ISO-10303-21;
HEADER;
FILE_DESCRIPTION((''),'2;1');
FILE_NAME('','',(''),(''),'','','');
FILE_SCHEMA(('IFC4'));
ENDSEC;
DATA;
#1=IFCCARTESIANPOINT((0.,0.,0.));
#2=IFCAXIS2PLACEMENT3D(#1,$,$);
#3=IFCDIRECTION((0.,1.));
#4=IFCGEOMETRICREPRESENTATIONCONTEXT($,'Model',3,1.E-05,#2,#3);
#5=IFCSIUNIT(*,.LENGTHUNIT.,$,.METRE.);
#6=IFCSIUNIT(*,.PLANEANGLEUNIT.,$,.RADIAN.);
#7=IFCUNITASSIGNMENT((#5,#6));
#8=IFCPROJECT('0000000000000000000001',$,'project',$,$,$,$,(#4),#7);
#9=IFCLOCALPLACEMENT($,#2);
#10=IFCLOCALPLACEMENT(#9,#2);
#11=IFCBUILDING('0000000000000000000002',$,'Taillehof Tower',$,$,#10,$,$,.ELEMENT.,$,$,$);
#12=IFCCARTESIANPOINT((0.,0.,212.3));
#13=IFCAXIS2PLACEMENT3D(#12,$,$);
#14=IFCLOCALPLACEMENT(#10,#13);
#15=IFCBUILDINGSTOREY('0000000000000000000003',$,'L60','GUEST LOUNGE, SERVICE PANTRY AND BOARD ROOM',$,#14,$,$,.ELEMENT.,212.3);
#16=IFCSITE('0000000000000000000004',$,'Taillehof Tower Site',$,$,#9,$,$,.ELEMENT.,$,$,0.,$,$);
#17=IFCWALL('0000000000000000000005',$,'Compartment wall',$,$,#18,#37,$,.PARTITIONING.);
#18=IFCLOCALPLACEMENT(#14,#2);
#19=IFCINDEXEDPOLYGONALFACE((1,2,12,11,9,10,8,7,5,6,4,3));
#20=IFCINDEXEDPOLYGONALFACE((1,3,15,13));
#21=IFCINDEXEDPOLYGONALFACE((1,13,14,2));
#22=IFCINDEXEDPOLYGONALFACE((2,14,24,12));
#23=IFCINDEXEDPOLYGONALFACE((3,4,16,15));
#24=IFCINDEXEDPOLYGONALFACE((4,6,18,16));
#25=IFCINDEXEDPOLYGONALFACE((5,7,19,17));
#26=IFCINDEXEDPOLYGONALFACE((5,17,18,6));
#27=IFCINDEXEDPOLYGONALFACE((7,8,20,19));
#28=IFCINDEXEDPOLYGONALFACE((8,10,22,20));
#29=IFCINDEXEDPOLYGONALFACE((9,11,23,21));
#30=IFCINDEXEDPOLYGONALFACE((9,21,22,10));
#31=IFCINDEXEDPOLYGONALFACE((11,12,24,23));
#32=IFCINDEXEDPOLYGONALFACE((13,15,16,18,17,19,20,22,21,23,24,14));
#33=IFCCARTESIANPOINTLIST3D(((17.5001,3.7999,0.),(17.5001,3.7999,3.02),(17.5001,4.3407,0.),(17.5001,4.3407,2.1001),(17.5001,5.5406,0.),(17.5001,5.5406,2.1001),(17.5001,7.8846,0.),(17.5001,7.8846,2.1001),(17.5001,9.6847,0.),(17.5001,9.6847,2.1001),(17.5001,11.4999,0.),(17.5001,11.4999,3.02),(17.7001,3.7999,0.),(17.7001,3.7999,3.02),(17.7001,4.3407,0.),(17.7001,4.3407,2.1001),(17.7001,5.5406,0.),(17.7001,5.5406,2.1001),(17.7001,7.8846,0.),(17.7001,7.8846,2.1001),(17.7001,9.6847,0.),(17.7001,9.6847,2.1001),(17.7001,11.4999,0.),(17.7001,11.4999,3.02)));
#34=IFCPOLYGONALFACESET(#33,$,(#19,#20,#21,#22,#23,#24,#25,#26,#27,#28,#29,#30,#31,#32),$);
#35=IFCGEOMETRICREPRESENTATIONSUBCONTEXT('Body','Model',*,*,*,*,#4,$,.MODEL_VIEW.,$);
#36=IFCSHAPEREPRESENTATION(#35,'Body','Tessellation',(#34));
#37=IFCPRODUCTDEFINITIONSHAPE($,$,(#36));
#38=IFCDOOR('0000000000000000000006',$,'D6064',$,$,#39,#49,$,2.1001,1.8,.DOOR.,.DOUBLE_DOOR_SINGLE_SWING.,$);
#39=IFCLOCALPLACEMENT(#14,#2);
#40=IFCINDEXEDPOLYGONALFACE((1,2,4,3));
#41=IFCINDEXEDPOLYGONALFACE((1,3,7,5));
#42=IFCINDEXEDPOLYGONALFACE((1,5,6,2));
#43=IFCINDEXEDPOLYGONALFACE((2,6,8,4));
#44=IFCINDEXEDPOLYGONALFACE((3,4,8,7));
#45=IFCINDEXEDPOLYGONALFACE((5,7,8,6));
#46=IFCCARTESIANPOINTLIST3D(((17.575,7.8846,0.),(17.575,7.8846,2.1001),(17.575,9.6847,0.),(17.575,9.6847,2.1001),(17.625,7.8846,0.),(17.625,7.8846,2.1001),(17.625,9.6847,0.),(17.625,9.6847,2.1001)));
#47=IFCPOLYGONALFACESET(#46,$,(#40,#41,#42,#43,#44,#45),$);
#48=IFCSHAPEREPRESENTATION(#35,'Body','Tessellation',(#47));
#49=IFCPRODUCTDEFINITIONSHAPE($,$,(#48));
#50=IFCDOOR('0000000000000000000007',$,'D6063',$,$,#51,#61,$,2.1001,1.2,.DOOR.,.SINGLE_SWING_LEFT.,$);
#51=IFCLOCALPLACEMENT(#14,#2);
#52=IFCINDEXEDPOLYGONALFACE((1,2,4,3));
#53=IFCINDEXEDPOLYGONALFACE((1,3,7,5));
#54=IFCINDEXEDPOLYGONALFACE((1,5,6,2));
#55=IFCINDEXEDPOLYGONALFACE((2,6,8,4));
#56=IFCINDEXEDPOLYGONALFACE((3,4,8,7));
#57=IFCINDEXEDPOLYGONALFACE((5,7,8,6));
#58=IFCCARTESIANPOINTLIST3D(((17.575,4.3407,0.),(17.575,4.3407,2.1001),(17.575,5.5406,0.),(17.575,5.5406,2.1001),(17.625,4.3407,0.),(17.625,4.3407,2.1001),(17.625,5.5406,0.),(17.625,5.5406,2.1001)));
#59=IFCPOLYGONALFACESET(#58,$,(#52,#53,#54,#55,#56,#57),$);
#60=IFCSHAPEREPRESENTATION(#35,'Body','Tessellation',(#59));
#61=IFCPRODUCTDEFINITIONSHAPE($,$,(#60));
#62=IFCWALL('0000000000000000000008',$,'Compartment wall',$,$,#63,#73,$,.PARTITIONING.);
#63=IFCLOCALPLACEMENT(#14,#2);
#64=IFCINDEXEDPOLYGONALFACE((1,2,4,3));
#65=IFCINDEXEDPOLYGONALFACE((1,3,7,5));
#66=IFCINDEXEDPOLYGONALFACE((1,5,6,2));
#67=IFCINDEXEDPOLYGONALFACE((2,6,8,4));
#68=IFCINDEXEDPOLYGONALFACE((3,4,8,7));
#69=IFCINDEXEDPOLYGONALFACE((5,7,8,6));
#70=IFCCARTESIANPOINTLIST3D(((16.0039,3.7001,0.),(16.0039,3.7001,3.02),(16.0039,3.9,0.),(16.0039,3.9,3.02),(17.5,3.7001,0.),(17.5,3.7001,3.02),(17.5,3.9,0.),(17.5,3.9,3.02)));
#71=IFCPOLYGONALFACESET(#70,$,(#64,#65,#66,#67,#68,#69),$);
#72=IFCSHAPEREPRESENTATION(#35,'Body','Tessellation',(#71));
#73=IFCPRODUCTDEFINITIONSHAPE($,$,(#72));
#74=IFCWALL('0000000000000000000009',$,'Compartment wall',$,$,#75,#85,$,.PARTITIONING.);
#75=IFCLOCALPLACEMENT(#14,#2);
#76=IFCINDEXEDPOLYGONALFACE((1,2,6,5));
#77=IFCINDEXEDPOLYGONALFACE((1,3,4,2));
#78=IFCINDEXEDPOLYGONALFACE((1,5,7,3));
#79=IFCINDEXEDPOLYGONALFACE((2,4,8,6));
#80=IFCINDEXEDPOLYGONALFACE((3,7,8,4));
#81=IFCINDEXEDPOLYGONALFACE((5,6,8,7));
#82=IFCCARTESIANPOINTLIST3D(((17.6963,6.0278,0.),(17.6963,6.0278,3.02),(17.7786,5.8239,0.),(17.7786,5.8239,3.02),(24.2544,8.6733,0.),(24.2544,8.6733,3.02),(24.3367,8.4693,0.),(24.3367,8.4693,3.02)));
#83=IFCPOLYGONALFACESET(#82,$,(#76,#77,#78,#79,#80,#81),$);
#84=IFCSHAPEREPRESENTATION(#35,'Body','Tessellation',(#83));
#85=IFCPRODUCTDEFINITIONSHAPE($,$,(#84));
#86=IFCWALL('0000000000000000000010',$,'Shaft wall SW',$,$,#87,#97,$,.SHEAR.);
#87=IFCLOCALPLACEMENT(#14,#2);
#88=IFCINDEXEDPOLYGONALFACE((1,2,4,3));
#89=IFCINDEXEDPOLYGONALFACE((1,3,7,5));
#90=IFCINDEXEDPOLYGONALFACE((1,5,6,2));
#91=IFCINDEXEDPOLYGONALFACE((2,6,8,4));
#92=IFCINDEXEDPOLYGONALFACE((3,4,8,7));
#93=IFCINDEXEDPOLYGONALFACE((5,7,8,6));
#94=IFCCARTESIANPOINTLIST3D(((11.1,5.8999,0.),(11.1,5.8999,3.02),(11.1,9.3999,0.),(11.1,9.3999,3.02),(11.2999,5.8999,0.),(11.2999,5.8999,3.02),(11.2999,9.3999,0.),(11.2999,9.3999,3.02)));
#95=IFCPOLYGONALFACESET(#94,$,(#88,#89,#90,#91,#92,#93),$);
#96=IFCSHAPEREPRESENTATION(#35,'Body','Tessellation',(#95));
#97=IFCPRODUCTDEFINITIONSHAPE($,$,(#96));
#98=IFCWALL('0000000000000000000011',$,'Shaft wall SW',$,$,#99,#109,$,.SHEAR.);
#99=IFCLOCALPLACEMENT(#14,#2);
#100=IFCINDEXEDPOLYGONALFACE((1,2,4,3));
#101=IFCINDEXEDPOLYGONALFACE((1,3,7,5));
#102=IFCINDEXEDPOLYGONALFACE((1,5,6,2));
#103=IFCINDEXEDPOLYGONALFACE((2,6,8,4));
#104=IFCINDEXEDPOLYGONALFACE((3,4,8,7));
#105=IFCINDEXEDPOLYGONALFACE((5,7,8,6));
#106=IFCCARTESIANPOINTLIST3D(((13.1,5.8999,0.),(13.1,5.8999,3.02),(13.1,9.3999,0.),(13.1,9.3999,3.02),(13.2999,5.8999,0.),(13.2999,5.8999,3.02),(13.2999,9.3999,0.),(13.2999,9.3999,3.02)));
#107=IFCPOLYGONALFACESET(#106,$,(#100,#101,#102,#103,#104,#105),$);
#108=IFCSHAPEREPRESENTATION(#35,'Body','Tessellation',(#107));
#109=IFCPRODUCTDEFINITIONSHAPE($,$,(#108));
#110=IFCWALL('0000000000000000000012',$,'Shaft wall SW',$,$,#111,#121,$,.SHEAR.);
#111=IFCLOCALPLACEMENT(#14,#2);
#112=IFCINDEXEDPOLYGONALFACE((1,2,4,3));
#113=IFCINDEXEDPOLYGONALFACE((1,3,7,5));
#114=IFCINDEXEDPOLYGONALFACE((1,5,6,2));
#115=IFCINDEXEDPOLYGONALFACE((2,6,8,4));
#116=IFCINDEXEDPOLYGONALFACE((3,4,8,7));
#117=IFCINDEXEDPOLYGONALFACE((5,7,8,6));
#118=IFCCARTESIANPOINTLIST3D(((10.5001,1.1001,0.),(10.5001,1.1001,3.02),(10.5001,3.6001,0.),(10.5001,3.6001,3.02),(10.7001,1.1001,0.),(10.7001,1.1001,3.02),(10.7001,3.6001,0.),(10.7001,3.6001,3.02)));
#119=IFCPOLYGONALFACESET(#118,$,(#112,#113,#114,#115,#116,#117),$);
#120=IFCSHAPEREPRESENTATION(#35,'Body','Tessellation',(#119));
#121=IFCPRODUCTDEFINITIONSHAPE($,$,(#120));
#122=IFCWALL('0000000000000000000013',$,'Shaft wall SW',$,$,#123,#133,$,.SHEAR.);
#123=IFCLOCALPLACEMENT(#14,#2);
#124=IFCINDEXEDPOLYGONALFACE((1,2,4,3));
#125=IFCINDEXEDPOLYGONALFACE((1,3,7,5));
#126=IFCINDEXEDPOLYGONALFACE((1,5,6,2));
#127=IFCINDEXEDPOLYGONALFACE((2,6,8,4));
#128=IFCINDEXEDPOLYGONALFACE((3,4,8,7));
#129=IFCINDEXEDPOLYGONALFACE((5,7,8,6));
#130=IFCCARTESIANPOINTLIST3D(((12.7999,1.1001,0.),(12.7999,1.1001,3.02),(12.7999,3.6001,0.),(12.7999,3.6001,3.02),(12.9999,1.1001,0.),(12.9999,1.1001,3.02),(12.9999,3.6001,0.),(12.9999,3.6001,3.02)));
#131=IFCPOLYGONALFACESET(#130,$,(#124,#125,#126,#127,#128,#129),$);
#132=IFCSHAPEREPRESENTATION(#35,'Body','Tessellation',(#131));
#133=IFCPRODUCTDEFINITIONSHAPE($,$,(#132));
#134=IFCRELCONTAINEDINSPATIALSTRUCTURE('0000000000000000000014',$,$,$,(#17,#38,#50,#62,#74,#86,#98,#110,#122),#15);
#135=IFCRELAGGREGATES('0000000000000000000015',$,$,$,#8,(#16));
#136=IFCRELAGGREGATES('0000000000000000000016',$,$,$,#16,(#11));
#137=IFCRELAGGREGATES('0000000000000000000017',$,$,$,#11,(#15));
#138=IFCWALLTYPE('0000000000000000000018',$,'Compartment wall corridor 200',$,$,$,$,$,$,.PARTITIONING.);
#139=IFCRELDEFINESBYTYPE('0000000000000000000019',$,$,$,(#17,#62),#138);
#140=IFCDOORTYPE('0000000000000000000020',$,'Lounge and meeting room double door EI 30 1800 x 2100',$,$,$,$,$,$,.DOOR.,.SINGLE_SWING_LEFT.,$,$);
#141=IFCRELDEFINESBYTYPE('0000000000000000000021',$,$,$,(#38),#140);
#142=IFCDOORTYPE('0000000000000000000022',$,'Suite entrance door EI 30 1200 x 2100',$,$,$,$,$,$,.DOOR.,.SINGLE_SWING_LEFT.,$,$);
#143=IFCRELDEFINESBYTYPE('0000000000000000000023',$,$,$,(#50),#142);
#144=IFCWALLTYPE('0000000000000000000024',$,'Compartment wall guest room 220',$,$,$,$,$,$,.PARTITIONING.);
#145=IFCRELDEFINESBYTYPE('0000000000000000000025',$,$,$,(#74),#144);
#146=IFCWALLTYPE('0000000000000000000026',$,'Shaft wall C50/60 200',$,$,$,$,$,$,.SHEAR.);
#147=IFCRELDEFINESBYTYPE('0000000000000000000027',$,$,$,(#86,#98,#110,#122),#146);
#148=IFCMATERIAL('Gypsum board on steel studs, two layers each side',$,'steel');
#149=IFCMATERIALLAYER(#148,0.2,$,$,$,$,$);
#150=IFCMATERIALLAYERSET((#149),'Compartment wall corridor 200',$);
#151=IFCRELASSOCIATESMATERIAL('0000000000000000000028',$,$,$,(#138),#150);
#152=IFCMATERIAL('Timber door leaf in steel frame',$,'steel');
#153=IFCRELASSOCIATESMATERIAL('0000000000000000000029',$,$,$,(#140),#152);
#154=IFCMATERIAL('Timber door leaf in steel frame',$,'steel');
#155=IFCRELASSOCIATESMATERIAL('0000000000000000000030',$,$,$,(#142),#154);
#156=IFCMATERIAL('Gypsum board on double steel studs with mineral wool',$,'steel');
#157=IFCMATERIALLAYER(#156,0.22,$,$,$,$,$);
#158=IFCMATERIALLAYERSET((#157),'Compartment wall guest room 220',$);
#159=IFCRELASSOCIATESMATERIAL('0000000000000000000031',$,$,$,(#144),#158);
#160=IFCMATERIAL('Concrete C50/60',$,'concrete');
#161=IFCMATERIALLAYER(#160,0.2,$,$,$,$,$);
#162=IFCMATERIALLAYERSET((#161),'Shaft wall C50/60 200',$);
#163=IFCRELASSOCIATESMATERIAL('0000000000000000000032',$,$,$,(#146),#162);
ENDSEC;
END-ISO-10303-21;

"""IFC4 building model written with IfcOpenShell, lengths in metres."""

from ifc_helpers import new_model, si_unit, direction, frame, frame_2d, origin, place, context, subcontext, project, spatial, rectangle, extrude, material, layer, layer_set, type_object, element, fill, save


model = new_model("IFC4")

# Units and contexts
model_context = context("Model", 3, precision=1e-05, world=origin(), true_north=direction((0.0, 1.0)))
body_context = subcontext(model_context, "Body", "Model", "MODEL_VIEW")
ifc_project = project(units=[si_unit("LENGTHUNIT", "METRE"), si_unit("PLANEANGLEUNIT", "RADIAN")], contexts=[model_context])

# Site, building, storey
site_placement = place(None, origin())
site = spatial("IfcSite", under=ifc_project, at=site_placement, Name="Taillehof Tower Site", CompositionType="ELEMENT", RefElevation=0.0)
building_placement = place(site_placement, origin())
building = spatial("IfcBuilding", under=site, at=building_placement, Name="Taillehof Tower", CompositionType="ELEMENT")
storey_placement = place(building_placement, frame((0.0, 0.0, 212.3)))
storey = spatial("IfcBuildingStorey", under=building, at=storey_placement, Name="L60", Description="GUEST LOUNGE, SERVICE PANTRY AND BOARD ROOM", CompositionType="ELEMENT", Elevation=212.3)

# Wall, openings, doors
ifc_material_1 = material(Name="Gypsum board on steel studs, two layers each side", Category="steel")
ifc_layer_1 = layer(ifc_material_1, 0.2)
ifc_layer_set_1 = layer_set([ifc_layer_1], Name="Compartment wall corridor 200")
wall_type_1 = type_object("IfcWallType", Name="Compartment wall corridor 200", PredefinedType="PARTITIONING", material=ifc_layer_set_1)
wall_1_placement = place(storey_placement, frame((17.6001, 11.5, 0.0), z_axis=(0.0, 0.0, 1.0), x_axis=(0.0, -1.0, 0.0)))
wall_1 = element("IfcWall", 1, at=wall_1_placement, inside=storey, type_object=wall_type_1, Name="Compartment wall", PredefinedType="PARTITIONING", context=body_context, shape_type="SweptSolid", body=[
    extrude(rectangle(XDim=7.7, YDim=0.2, at=frame_2d((3.8501, 0.0))), origin(), (0.0, 0.0, 1.0), 3.02),
])
opening_1_placement = place(wall_1_placement, frame((5.9592, 0.0, 0.0)))
opening_1 = element("IfcOpeningElement", 2, at=opening_1_placement, cuts=wall_1, PredefinedType="OPENING", context=body_context, shape_type="SweptSolid", body=[
    extrude(rectangle(XDim=1.2, YDim=2.1001, at=frame_2d((0.6001, 1.05))), frame((0.0, 0.1099, 0.0), z_axis=(0.0, -1.0, 0.0), x_axis=(1.0, 0.0, 0.0)), (0.0, 0.0, 1.0), 0.22),
])
opening_2_placement = place(wall_1_placement, frame((1.8154, 0.0, 0.0)))
opening_2 = element("IfcOpeningElement", 3, at=opening_2_placement, cuts=wall_1, PredefinedType="OPENING", context=body_context, shape_type="SweptSolid", body=[
    extrude(rectangle(XDim=1.8, YDim=2.1001, at=frame_2d((0.8999, 1.05))), frame((0.0, 0.1099, 0.0), z_axis=(0.0, -1.0, 0.0), x_axis=(1.0, 0.0, 0.0)), (0.0, 0.0, 1.0), 0.22),
])
ifc_material_2 = material(Name="Timber door leaf in steel frame", Category="steel")
door_type_1 = type_object("IfcDoorType", Name="Lounge and meeting room double door EI 30 1800 x 2100", OperationType="SINGLE_SWING_LEFT", PredefinedType="DOOR", material=ifc_material_2)
door_1_placement = place(opening_2_placement, origin())
door_1 = element("IfcDoor", 4, at=door_1_placement, inside=storey, type_object=door_type_1, Name="D6064", OperationType="DOUBLE_DOOR_SINGLE_SWING", OverallHeight=2.1001, OverallWidth=1.8, PredefinedType="DOOR", context=body_context, shape_type="SweptSolid", body=[
    extrude(rectangle(XDim=1.8, YDim=2.1001, at=frame_2d((0.8999, 1.05))), frame((0.0, 0.0249, 0.0), z_axis=(0.0, -1.0, 0.0), x_axis=(1.0, 0.0, 0.0)), (0.0, 0.0, 1.0), 0.05),
])
fill(opening_2, door_1)
ifc_material_3 = material(Name="Timber door leaf in steel frame", Category="steel")
door_type_2 = type_object("IfcDoorType", Name="Suite entrance door EI 30 1200 x 2100", OperationType="SINGLE_SWING_LEFT", PredefinedType="DOOR", material=ifc_material_3)
door_2_placement = place(opening_1_placement, origin())
door_2 = element("IfcDoor", 5, at=door_2_placement, inside=storey, type_object=door_type_2, Name="D6063", OperationType="SINGLE_SWING_LEFT", OverallHeight=2.1001, OverallWidth=1.2, PredefinedType="DOOR", context=body_context, shape_type="SweptSolid", body=[
    extrude(rectangle(XDim=1.2, YDim=2.1001, at=frame_2d((0.6001, 1.05))), frame((0.0, 0.0249, 0.0), z_axis=(0.0, -1.0, 0.0), x_axis=(1.0, 0.0, 0.0)), (0.0, 0.0, 1.0), 0.05),
])
fill(opening_1, door_2)

# Walls
wall_2_placement = place(storey_placement, frame((17.5, 3.8, 0.0), z_axis=(0.0, 0.0, 1.0), x_axis=(-1.0, 0.0, 0.0)))
element("IfcWall", 6, at=wall_2_placement, inside=storey, type_object=wall_type_1, Name="Compartment wall", PredefinedType="PARTITIONING", context=body_context, shape_type="SweptSolid", body=[
    extrude(rectangle(XDim=1.4961, YDim=0.2, at=frame_2d((0.748, 0.0))), origin(), (0.0, 0.0, 1.0), 3.02),
])
ifc_material_4 = material(Name="Gypsum board on double steel studs with mineral wool", Category="steel")
ifc_layer_2 = layer(ifc_material_4, 0.22)
ifc_layer_set_2 = layer_set([ifc_layer_2], Name="Compartment wall guest room 220")
wall_type_2 = type_object("IfcWallType", Name="Compartment wall guest room 220", PredefinedType="PARTITIONING", material=ifc_layer_set_2)
wall_3_placement = place(storey_placement, frame((24.2954, 8.5713, 0.0), z_axis=(0.0, 0.0, 1.0), x_axis=(-0.927387, -0.374103, 0.0)))
element("IfcWall", 7, at=wall_3_placement, inside=storey, type_object=wall_type_2, Name="Compartment wall", PredefinedType="PARTITIONING", context=body_context, shape_type="SweptSolid", body=[
    extrude(rectangle(XDim=7.0715, YDim=0.22, at=frame_2d((3.5356, 0.0))), origin(), (0.0, 0.0, 1.0), 3.02),
])
ifc_material_5 = material(Name="Concrete C50/60", Category="concrete")
ifc_layer_3 = layer(ifc_material_5, 0.2)
ifc_layer_set_3 = layer_set([ifc_layer_3], Name="Shaft wall C50/60 200")
wall_type_3 = type_object("IfcWallType", Name="Shaft wall C50/60 200", PredefinedType="SHEAR", material=ifc_layer_set_3)
for number, where, z_axis, x_axis, name in (
    (8, (11.2, 5.8999, 0.0), (0.0, 0.0, 1.0), (0.0, 1.0, 0.0), "Shaft wall SW"),
    (9, (13.2, 5.8999, 0.0), (0.0, 0.0, 1.0), (0.0, 1.0, 0.0), "Shaft wall SW"),
):
    element("IfcWall", number, at=place(storey_placement, frame(where, z_axis=z_axis, x_axis=x_axis)), inside=storey, type_object=wall_type_3, Name=name, PredefinedType="SHEAR", context=body_context, shape_type="SweptSolid", body=[
        extrude(rectangle(XDim=3.5, YDim=0.2, at=frame_2d((1.75, 0.0))), origin(), (0.0, 0.0, 1.0), 3.02),
    ])
for number, where, z_axis, x_axis, name in (
    (10, (10.6001, 1.1001, 0.0), (0.0, 0.0, 1.0), (0.0, 1.0, 0.0), "Shaft wall SW"),
    (11, (12.8999, 1.1001, 0.0), (0.0, 0.0, 1.0), (0.0, 1.0, 0.0), "Shaft wall SW"),
):
    element("IfcWall", number, at=place(storey_placement, frame(where, z_axis=z_axis, x_axis=x_axis)), inside=storey, type_object=wall_type_3, Name=name, PredefinedType="SHEAR", context=body_context, shape_type="SweptSolid", body=[
        extrude(rectangle(XDim=2.5, YDim=0.2, at=frame_2d((1.25, 0.0))), origin(), (0.0, 0.0, 1.0), 3.02),
    ])

save(model, "model.ifc")
